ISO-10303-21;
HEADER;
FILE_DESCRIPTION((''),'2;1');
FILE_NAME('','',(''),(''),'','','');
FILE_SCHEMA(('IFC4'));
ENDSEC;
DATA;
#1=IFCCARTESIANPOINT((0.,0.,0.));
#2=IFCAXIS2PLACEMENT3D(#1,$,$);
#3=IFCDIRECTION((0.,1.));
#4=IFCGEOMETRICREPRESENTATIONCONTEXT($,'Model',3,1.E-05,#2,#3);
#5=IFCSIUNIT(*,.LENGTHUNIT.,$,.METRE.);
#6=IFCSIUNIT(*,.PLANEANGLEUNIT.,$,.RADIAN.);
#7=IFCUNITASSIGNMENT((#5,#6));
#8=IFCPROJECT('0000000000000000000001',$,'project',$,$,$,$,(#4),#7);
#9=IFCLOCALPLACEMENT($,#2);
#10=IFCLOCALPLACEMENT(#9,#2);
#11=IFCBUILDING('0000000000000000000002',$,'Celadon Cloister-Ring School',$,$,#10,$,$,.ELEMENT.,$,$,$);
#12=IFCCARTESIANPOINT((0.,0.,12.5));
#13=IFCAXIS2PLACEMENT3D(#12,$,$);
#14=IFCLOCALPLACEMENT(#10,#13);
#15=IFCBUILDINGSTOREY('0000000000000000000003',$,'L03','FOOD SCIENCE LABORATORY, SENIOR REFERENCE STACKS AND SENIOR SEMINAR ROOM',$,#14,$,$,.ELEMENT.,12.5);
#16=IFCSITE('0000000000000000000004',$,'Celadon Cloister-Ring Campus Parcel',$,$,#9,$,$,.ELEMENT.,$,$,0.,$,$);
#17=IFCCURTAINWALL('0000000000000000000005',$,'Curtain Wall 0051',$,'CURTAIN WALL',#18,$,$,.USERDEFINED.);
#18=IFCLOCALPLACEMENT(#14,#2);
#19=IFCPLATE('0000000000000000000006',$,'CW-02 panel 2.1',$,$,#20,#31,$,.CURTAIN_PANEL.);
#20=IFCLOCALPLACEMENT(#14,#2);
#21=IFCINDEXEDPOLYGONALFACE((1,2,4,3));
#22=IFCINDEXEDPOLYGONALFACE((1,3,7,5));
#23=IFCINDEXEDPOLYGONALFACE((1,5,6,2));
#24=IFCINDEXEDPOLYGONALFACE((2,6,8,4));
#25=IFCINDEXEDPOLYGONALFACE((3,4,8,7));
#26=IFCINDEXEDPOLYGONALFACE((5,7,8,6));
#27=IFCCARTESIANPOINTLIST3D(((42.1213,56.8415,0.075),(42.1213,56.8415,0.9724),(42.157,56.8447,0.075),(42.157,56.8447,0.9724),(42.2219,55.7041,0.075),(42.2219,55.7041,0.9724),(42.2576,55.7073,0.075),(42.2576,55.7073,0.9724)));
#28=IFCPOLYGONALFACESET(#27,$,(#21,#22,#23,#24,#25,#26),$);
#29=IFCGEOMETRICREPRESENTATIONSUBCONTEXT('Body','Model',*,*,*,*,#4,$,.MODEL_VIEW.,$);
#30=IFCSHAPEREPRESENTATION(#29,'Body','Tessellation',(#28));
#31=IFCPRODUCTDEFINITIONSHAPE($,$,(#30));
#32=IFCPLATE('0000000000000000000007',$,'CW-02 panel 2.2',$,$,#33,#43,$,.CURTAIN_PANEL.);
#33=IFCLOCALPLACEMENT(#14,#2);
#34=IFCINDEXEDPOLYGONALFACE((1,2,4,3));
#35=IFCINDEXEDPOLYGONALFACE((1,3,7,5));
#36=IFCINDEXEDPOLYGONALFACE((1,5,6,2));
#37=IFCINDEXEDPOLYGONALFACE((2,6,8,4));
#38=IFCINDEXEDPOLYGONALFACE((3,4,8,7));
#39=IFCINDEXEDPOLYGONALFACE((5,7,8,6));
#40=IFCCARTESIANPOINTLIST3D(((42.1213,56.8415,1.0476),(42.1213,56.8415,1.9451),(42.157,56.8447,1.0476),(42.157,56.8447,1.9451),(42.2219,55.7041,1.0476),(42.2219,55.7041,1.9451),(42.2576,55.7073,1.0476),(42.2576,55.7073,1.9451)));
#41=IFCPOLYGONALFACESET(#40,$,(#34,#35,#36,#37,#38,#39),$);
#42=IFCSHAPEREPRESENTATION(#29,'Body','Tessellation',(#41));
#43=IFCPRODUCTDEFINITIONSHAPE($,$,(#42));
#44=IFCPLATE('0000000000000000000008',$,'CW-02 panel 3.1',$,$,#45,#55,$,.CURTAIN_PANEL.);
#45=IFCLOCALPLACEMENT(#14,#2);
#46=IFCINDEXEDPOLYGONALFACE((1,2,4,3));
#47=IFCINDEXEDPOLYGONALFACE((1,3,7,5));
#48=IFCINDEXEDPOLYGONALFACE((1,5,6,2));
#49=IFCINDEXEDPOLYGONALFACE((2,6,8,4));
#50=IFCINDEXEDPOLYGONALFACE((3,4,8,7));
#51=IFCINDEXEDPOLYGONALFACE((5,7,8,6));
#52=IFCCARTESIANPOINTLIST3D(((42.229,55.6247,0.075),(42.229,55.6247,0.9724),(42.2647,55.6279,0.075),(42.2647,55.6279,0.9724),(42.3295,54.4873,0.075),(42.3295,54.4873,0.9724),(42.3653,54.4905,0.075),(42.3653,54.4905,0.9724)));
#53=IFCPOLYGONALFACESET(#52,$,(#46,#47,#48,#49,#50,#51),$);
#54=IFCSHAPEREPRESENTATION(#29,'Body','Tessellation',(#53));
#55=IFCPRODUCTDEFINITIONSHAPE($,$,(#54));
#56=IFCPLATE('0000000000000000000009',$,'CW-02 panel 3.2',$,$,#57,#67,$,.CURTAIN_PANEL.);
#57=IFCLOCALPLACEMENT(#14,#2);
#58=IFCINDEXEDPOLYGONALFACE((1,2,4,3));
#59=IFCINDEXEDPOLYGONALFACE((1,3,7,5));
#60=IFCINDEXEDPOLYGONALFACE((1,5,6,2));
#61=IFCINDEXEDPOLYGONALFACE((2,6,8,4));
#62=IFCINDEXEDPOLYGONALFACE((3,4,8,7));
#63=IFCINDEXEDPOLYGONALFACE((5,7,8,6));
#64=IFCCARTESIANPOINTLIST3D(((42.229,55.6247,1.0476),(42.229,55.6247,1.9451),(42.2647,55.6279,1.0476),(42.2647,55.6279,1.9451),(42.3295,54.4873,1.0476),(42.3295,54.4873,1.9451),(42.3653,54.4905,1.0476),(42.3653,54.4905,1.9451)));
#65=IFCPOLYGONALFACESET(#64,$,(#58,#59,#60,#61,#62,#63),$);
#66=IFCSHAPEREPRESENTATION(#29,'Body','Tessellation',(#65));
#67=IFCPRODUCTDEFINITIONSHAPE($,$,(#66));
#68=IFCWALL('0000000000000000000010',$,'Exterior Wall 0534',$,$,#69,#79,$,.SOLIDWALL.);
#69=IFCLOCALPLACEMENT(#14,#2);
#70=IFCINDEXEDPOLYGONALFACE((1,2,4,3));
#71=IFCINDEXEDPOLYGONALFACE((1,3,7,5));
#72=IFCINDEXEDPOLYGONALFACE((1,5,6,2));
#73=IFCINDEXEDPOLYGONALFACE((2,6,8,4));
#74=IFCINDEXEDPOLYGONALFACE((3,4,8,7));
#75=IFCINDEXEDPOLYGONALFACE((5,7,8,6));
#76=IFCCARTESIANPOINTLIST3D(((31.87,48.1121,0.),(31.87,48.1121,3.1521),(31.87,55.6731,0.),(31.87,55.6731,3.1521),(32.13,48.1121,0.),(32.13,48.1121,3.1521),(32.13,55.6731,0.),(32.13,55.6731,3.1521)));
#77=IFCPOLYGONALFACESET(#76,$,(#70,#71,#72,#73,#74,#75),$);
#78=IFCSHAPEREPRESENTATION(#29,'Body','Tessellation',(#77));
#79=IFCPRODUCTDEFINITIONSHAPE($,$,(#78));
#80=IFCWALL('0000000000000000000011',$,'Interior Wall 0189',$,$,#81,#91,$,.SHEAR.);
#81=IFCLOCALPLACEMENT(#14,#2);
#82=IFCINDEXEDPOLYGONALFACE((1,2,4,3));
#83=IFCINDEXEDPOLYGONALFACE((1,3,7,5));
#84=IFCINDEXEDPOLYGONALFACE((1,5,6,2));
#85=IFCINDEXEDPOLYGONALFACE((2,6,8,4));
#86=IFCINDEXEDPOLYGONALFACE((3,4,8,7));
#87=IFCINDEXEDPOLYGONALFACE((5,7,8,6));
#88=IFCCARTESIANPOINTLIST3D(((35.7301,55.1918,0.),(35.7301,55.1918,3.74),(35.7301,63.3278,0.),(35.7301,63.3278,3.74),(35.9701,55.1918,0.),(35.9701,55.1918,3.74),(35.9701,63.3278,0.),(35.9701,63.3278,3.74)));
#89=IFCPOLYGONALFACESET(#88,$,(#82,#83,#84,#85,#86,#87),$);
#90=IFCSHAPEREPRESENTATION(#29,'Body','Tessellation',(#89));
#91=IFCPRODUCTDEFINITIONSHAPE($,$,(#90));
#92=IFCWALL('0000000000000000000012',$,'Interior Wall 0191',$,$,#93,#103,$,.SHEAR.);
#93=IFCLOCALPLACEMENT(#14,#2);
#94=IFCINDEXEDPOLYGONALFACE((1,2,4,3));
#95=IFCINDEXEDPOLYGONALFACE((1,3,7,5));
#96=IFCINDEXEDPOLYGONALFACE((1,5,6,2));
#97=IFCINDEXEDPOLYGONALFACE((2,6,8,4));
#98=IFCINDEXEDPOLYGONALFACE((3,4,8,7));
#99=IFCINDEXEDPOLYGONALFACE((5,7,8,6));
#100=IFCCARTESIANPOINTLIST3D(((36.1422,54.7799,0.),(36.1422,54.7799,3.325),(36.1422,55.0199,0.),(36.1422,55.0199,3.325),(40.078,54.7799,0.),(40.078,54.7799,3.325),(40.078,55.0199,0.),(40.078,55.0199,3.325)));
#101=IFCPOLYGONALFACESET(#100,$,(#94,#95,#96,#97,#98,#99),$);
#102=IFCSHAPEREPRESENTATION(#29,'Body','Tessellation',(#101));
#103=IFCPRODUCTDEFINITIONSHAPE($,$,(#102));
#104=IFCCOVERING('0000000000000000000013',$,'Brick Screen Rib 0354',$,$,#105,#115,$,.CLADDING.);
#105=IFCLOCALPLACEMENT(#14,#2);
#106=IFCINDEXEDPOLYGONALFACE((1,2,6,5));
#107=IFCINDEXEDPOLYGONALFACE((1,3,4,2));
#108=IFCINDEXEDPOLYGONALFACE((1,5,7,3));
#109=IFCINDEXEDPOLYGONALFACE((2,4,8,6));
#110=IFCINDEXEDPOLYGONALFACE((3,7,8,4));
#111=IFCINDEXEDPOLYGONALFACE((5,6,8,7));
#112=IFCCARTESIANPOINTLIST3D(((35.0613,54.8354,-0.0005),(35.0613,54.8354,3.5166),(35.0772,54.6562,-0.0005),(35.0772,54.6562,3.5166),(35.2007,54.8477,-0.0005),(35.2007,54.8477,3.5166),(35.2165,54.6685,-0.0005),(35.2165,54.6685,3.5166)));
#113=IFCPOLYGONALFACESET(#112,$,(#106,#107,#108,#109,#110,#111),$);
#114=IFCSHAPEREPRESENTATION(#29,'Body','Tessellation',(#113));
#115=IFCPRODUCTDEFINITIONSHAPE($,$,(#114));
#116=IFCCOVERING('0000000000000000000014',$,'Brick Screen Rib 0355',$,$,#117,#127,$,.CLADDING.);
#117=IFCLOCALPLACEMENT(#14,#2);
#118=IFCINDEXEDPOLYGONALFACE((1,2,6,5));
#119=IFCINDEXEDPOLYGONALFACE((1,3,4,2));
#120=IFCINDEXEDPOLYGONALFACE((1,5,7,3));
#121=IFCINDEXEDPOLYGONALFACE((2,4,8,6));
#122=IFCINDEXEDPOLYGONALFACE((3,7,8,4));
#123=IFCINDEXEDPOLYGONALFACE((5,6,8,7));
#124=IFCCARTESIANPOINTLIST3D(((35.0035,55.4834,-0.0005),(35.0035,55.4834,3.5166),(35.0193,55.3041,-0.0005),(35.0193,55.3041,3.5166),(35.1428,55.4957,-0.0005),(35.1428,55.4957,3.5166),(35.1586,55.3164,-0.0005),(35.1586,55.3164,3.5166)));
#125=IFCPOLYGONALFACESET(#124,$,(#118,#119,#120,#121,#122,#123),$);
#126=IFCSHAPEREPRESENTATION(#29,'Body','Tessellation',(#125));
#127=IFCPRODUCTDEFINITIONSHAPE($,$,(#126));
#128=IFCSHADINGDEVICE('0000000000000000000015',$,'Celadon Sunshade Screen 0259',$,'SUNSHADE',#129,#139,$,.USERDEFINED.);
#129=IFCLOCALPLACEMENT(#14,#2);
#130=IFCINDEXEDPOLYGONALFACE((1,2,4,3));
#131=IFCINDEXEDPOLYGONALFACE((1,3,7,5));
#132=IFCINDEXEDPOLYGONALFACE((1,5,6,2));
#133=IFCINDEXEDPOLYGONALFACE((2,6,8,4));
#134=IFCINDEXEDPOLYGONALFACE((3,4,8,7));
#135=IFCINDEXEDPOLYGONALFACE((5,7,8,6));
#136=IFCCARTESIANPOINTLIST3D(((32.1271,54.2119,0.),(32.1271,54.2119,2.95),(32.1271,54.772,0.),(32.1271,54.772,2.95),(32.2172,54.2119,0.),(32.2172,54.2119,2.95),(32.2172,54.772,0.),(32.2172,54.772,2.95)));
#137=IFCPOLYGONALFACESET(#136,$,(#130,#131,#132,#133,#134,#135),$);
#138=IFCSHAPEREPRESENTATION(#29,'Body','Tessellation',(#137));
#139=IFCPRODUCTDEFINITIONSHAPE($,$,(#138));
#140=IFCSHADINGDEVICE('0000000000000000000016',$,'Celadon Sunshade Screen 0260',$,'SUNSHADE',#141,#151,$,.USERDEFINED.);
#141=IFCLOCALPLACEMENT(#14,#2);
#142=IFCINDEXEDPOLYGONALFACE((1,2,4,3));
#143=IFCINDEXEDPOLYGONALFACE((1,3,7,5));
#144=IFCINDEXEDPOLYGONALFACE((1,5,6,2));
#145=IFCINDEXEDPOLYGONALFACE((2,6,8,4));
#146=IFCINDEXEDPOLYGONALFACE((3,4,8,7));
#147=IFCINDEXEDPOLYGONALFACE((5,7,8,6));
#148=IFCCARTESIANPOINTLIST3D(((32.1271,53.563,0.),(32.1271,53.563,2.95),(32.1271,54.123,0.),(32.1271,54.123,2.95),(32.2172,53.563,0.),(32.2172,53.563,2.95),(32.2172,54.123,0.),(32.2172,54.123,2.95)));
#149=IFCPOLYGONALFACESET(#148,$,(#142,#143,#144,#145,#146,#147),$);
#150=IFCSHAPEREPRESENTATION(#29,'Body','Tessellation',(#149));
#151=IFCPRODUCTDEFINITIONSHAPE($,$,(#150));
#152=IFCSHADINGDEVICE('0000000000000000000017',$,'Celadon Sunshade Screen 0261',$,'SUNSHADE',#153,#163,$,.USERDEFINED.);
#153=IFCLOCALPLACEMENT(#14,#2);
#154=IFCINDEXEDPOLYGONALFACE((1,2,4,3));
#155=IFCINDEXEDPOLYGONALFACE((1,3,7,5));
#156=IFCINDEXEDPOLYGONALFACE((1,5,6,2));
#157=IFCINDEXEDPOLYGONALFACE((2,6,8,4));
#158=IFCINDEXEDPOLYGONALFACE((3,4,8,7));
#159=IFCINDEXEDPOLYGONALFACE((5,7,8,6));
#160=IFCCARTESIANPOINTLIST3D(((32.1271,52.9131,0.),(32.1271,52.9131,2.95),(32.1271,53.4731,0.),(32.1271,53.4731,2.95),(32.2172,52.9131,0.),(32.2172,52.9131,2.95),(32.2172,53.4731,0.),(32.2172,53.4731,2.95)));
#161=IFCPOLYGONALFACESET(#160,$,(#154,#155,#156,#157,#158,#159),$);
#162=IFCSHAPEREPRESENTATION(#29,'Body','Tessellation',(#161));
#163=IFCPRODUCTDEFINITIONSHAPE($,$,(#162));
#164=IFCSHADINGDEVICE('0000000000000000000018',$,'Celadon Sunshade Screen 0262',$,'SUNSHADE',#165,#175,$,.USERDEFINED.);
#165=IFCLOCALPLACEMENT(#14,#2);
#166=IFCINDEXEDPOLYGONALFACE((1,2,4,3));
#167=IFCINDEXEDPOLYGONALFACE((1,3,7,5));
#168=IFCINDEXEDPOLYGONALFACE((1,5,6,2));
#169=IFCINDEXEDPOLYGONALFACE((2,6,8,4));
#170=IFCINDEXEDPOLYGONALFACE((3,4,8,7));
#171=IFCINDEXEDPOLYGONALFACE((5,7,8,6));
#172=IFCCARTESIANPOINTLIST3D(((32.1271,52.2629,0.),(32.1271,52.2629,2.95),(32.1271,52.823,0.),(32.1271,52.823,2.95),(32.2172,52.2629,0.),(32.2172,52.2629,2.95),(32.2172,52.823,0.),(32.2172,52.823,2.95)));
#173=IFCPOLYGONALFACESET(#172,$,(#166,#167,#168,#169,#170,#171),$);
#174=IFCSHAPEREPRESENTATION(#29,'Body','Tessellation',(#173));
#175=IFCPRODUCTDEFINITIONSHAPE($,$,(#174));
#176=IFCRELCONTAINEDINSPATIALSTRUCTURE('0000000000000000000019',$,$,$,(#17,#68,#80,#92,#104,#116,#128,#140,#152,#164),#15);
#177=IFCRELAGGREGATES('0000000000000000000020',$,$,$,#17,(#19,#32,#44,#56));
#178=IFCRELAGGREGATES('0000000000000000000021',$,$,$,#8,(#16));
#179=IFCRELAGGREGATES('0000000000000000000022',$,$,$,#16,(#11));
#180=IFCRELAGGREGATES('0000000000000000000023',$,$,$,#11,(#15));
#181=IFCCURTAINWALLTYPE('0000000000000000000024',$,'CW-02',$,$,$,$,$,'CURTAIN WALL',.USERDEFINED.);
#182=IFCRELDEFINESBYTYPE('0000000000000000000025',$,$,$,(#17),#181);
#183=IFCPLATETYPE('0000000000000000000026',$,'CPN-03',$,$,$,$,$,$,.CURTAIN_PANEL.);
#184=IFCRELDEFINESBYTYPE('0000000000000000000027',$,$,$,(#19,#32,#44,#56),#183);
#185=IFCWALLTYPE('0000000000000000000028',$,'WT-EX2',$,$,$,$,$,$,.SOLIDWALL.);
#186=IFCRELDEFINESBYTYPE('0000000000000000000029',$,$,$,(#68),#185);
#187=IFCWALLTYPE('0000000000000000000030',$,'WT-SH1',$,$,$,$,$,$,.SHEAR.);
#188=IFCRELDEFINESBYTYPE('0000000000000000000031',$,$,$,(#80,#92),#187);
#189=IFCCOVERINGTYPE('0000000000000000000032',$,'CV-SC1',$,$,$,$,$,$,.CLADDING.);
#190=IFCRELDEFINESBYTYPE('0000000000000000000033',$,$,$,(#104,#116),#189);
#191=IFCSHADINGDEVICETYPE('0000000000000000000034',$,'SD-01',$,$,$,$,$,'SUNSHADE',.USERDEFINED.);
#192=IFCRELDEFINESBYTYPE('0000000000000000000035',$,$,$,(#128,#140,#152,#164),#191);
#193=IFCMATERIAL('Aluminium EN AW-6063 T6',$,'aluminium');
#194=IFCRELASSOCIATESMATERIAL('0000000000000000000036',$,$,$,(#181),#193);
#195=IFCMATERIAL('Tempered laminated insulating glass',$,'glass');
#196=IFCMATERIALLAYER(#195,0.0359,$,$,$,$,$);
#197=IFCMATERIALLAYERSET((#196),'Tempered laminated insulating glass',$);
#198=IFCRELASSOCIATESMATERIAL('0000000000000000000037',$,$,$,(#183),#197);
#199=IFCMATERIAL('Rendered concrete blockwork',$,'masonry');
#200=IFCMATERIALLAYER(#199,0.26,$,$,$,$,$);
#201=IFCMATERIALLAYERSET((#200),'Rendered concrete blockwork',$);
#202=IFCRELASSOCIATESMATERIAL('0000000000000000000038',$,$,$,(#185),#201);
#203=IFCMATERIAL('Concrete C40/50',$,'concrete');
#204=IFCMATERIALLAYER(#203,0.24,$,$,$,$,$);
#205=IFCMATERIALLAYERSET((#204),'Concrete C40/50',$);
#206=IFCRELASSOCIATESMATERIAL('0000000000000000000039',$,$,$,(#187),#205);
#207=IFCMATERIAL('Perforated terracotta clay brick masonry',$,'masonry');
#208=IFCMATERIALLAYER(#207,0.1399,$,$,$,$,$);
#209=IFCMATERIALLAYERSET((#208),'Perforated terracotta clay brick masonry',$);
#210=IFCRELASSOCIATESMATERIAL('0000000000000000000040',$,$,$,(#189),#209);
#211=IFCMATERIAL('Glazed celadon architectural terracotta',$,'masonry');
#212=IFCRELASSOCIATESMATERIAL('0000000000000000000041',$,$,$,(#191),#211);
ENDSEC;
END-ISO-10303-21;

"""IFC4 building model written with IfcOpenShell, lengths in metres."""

from ifc_helpers import new_model, si_unit, direction, frame, frame_2d, origin, origin_2d, place, context, subcontext, project, spatial, rectangle, extrude, material, layer, layer_set, type_object, element, aggregate, save


model = new_model("IFC4")

# Units and contexts
model_context = context("Model", 3, precision=1e-05, world=origin(), true_north=direction((0.0, 1.0)))
body_context = subcontext(model_context, "Body", "Model", "MODEL_VIEW")
ifc_project = project(units=[si_unit("LENGTHUNIT", "METRE"), si_unit("PLANEANGLEUNIT", "RADIAN")], contexts=[model_context])

# Site, building, storey
site_placement = place(None, origin())
site = spatial("IfcSite", under=ifc_project, at=site_placement, Name="Celadon Cloister-Ring Campus Parcel", CompositionType="ELEMENT", RefElevation=0.0)
building_placement = place(site_placement, origin())
building = spatial("IfcBuilding", under=site, at=building_placement, Name="Celadon Cloister-Ring School", CompositionType="ELEMENT")
storey_placement = place(building_placement, frame((0.0, 0.0, 12.5)))
storey = spatial("IfcBuildingStorey", under=building, at=storey_placement, Name="L03", Description="FOOD SCIENCE LABORATORY, SENIOR REFERENCE STACKS AND SENIOR SEMINAR ROOM", CompositionType="ELEMENT", Elevation=12.5)

# Curtain wall, plates
ifc_material_1 = material(Name="Aluminium EN AW-6063 T6", Category="aluminium")
curtain_wall_type = type_object("IfcCurtainWallType", Name="CW-02", ElementType="CURTAIN WALL", PredefinedType="USERDEFINED", material=ifc_material_1)
curtain_wall_placement = place(storey_placement, origin())
curtain_wall = element("IfcCurtainWall", 1, at=curtain_wall_placement, inside=storey, type_object=curtain_wall_type, Name="Curtain Wall 0051", ObjectType="CURTAIN WALL", PredefinedType="USERDEFINED")
ifc_material_2 = material(Name="Tempered laminated insulating glass", Category="glass")
ifc_layer_1 = layer(ifc_material_2, 0.0359)
ifc_layer_set_1 = layer_set([ifc_layer_1], Name="Tempered laminated insulating glass")
plate_type = type_object("IfcPlateType", Name="CPN-03", PredefinedType="CURTAIN_PANEL", material=ifc_layer_set_1)
plate_1_placement = place(storey_placement, frame((42.1895, 56.2744, 0.075), z_axis=(0.0, 0.0, 1.0), x_axis=(0.088071, -0.996114, 0.0)))
plate_1 = element("IfcPlate", 2, at=plate_1_placement, type_object=plate_type, Name="CW-02 panel 2.1", PredefinedType="CURTAIN_PANEL", context=body_context, shape_type="SweptSolid", body=[
    extrude(rectangle(XDim=1.1418, YDim=0.0359, at=origin_2d()), origin(), (0.0, 0.0, 1.0), 0.8975),
])
plate_2_placement = place(storey_placement, frame((42.1895, 56.2744, 1.0476), z_axis=(0.0, 0.0, 1.0), x_axis=(0.088071, -0.996114, 0.0)))
plate_2 = element("IfcPlate", 3, at=plate_2_placement, type_object=plate_type, Name="CW-02 panel 2.2", PredefinedType="CURTAIN_PANEL", context=body_context, shape_type="SweptSolid", body=[
    extrude(rectangle(XDim=1.1418, YDim=0.0359, at=origin_2d()), origin(), (0.0, 0.0, 1.0), 0.8975),
])
plate_3_placement = place(storey_placement, frame((42.2971, 55.0576, 0.075), z_axis=(0.0, 0.0, 1.0), x_axis=(0.088071, -0.996114, 0.0)))
plate_3 = element("IfcPlate", 4, at=plate_3_placement, type_object=plate_type, Name="CW-02 panel 3.1", PredefinedType="CURTAIN_PANEL", context=body_context, shape_type="SweptSolid", body=[
    extrude(rectangle(XDim=1.1418, YDim=0.0359, at=origin_2d()), origin(), (0.0, 0.0, 1.0), 0.8975),
])
plate_4_placement = place(storey_placement, frame((42.2971, 55.0576, 1.0476), z_axis=(0.0, 0.0, 1.0), x_axis=(0.088071, -0.996114, 0.0)))
plate_4 = element("IfcPlate", 5, at=plate_4_placement, type_object=plate_type, Name="CW-02 panel 3.2", PredefinedType="CURTAIN_PANEL", context=body_context, shape_type="SweptSolid", body=[
    extrude(rectangle(XDim=1.1418, YDim=0.0359, at=origin_2d()), origin(), (0.0, 0.0, 1.0), 0.8975),
])
aggregate(curtain_wall, [plate_1, plate_2, plate_3, plate_4])

# Walls
ifc_material_3 = material(Name="Rendered concrete blockwork", Category="masonry")
ifc_layer_2 = layer(ifc_material_3, 0.26)
ifc_layer_set_2 = layer_set([ifc_layer_2], Name="Rendered concrete blockwork")
wall_type_1 = type_object("IfcWallType", Name="WT-EX2", PredefinedType="SOLIDWALL", material=ifc_layer_set_2)
wall_1_placement = place(storey_placement, frame((32.0, 55.6731, 0.0), z_axis=(0.0, 0.0, 1.0), x_axis=(0.0, -1.0, 0.0)))
element("IfcWall", 6, at=wall_1_placement, inside=storey, type_object=wall_type_1, Name="Exterior Wall 0534", PredefinedType="SOLIDWALL", context=body_context, shape_type="SweptSolid", body=[
    extrude(rectangle(XDim=7.561, YDim=0.26, at=frame_2d((3.7805, 0.0))), origin(), (0.0, 0.0, 1.0), 3.1521),
])
ifc_material_4 = material(Name="Concrete C40/50", Category="concrete")
ifc_layer_3 = layer(ifc_material_4, 0.24)
ifc_layer_set_3 = layer_set([ifc_layer_3], Name="Concrete C40/50")
wall_type_2 = type_object("IfcWallType", Name="WT-SH1", PredefinedType="SHEAR", material=ifc_layer_set_3)
wall_2_placement = place(storey_placement, frame((35.8501, 55.1919, 0.0), z_axis=(0.0, 0.0, 1.0), x_axis=(0.0, 1.0, 0.0)))
element("IfcWall", 7, at=wall_2_placement, inside=storey, type_object=wall_type_2, Name="Interior Wall 0189", PredefinedType="SHEAR", context=body_context, shape_type="SweptSolid", body=[
    extrude(rectangle(XDim=8.136, YDim=0.24, at=frame_2d((4.0679, 0.0))), origin(), (0.0, 0.0, 1.0), 3.74),
])
wall_3_placement = place(storey_placement, frame((40.0779, 54.8999, 0.0), z_axis=(0.0, 0.0, 1.0), x_axis=(-1.0, 0.0, 0.0)))
element("IfcWall", 8, at=wall_3_placement, inside=storey, type_object=wall_type_2, Name="Interior Wall 0191", PredefinedType="SHEAR", context=body_context, shape_type="SweptSolid", body=[
    extrude(rectangle(XDim=3.9358, YDim=0.24, at=frame_2d((1.9678, 0.0))), origin(), (0.0, 0.0, 1.0), 3.325),
])

# Coverings
ifc_material_5 = material(Name="Perforated terracotta clay brick masonry", Category="masonry")
ifc_layer_4 = layer(ifc_material_5, 0.1399)
ifc_layer_set_4 = layer_set([ifc_layer_4], Name="Perforated terracotta clay brick masonry")
covering_type = type_object("IfcCoveringType", Name="CV-SC1", PredefinedType="CLADDING", material=ifc_layer_set_4)
for number, where, z_axis, x_axis, name in (
    (9, (35.1389, 54.752, -0.0005), (0.0, 0.0, 1.0), (-0.087973, 0.996123, 0.0), "Brick Screen Rib 0354"),
    (10, (35.0811, 55.3999, -0.0005), (0.0, 0.0, 1.0), (-0.087973, 0.996123, 0.0), "Brick Screen Rib 0355"),
):
    element("IfcCovering", number, at=place(storey_placement, frame(where, z_axis=z_axis, x_axis=x_axis)), inside=storey, type_object=covering_type, Name=name, PredefinedType="CLADDING", context=body_context, shape_type="SweptSolid", body=[
        extrude(rectangle(XDim=0.1799, YDim=0.1399, at=origin_2d()), origin(), (0.0, 0.0, 1.0), 3.5171),
    ])

# Shading devices
ifc_material_6 = material(Name="Glazed celadon architectural terracotta", Category="masonry")
shading_device_type = type_object("IfcShadingDeviceType", Name="SD-01", ElementType="SUNSHADE", PredefinedType="USERDEFINED", material=ifc_material_6)
for number, where, z_axis, x_axis, name in (
    (11, (32.1721, 54.4919, 0.0), (0.0, 0.0, 1.0), (0.0, -1.0, 0.0), "Celadon Sunshade Screen 0259"),
    (12, (32.1721, 53.843, 0.0), (0.0, 0.0, 1.0), (0.0, -1.0, 0.0), "Celadon Sunshade Screen 0260"),
    (13, (32.1721, 53.1931, 0.0), (0.0, 0.0, 1.0), (0.0, -1.0, 0.0), "Celadon Sunshade Screen 0261"),
    (14, (32.1721, 52.543, 0.0), (0.0, 0.0, 1.0), (0.0, -1.0, 0.0), "Celadon Sunshade Screen 0262"),
):
    element("IfcShadingDevice", number, at=place(storey_placement, frame(where, z_axis=z_axis, x_axis=x_axis)), inside=storey, type_object=shading_device_type, Name=name, ObjectType="SUNSHADE", PredefinedType="USERDEFINED", context=body_context, shape_type="SweptSolid", body=[
        extrude(rectangle(XDim=0.5601, YDim=0.0901, at=origin_2d()), origin(), (0.0, 0.0, 1.0), 2.95),
    ])

save(model, "model.ifc")
